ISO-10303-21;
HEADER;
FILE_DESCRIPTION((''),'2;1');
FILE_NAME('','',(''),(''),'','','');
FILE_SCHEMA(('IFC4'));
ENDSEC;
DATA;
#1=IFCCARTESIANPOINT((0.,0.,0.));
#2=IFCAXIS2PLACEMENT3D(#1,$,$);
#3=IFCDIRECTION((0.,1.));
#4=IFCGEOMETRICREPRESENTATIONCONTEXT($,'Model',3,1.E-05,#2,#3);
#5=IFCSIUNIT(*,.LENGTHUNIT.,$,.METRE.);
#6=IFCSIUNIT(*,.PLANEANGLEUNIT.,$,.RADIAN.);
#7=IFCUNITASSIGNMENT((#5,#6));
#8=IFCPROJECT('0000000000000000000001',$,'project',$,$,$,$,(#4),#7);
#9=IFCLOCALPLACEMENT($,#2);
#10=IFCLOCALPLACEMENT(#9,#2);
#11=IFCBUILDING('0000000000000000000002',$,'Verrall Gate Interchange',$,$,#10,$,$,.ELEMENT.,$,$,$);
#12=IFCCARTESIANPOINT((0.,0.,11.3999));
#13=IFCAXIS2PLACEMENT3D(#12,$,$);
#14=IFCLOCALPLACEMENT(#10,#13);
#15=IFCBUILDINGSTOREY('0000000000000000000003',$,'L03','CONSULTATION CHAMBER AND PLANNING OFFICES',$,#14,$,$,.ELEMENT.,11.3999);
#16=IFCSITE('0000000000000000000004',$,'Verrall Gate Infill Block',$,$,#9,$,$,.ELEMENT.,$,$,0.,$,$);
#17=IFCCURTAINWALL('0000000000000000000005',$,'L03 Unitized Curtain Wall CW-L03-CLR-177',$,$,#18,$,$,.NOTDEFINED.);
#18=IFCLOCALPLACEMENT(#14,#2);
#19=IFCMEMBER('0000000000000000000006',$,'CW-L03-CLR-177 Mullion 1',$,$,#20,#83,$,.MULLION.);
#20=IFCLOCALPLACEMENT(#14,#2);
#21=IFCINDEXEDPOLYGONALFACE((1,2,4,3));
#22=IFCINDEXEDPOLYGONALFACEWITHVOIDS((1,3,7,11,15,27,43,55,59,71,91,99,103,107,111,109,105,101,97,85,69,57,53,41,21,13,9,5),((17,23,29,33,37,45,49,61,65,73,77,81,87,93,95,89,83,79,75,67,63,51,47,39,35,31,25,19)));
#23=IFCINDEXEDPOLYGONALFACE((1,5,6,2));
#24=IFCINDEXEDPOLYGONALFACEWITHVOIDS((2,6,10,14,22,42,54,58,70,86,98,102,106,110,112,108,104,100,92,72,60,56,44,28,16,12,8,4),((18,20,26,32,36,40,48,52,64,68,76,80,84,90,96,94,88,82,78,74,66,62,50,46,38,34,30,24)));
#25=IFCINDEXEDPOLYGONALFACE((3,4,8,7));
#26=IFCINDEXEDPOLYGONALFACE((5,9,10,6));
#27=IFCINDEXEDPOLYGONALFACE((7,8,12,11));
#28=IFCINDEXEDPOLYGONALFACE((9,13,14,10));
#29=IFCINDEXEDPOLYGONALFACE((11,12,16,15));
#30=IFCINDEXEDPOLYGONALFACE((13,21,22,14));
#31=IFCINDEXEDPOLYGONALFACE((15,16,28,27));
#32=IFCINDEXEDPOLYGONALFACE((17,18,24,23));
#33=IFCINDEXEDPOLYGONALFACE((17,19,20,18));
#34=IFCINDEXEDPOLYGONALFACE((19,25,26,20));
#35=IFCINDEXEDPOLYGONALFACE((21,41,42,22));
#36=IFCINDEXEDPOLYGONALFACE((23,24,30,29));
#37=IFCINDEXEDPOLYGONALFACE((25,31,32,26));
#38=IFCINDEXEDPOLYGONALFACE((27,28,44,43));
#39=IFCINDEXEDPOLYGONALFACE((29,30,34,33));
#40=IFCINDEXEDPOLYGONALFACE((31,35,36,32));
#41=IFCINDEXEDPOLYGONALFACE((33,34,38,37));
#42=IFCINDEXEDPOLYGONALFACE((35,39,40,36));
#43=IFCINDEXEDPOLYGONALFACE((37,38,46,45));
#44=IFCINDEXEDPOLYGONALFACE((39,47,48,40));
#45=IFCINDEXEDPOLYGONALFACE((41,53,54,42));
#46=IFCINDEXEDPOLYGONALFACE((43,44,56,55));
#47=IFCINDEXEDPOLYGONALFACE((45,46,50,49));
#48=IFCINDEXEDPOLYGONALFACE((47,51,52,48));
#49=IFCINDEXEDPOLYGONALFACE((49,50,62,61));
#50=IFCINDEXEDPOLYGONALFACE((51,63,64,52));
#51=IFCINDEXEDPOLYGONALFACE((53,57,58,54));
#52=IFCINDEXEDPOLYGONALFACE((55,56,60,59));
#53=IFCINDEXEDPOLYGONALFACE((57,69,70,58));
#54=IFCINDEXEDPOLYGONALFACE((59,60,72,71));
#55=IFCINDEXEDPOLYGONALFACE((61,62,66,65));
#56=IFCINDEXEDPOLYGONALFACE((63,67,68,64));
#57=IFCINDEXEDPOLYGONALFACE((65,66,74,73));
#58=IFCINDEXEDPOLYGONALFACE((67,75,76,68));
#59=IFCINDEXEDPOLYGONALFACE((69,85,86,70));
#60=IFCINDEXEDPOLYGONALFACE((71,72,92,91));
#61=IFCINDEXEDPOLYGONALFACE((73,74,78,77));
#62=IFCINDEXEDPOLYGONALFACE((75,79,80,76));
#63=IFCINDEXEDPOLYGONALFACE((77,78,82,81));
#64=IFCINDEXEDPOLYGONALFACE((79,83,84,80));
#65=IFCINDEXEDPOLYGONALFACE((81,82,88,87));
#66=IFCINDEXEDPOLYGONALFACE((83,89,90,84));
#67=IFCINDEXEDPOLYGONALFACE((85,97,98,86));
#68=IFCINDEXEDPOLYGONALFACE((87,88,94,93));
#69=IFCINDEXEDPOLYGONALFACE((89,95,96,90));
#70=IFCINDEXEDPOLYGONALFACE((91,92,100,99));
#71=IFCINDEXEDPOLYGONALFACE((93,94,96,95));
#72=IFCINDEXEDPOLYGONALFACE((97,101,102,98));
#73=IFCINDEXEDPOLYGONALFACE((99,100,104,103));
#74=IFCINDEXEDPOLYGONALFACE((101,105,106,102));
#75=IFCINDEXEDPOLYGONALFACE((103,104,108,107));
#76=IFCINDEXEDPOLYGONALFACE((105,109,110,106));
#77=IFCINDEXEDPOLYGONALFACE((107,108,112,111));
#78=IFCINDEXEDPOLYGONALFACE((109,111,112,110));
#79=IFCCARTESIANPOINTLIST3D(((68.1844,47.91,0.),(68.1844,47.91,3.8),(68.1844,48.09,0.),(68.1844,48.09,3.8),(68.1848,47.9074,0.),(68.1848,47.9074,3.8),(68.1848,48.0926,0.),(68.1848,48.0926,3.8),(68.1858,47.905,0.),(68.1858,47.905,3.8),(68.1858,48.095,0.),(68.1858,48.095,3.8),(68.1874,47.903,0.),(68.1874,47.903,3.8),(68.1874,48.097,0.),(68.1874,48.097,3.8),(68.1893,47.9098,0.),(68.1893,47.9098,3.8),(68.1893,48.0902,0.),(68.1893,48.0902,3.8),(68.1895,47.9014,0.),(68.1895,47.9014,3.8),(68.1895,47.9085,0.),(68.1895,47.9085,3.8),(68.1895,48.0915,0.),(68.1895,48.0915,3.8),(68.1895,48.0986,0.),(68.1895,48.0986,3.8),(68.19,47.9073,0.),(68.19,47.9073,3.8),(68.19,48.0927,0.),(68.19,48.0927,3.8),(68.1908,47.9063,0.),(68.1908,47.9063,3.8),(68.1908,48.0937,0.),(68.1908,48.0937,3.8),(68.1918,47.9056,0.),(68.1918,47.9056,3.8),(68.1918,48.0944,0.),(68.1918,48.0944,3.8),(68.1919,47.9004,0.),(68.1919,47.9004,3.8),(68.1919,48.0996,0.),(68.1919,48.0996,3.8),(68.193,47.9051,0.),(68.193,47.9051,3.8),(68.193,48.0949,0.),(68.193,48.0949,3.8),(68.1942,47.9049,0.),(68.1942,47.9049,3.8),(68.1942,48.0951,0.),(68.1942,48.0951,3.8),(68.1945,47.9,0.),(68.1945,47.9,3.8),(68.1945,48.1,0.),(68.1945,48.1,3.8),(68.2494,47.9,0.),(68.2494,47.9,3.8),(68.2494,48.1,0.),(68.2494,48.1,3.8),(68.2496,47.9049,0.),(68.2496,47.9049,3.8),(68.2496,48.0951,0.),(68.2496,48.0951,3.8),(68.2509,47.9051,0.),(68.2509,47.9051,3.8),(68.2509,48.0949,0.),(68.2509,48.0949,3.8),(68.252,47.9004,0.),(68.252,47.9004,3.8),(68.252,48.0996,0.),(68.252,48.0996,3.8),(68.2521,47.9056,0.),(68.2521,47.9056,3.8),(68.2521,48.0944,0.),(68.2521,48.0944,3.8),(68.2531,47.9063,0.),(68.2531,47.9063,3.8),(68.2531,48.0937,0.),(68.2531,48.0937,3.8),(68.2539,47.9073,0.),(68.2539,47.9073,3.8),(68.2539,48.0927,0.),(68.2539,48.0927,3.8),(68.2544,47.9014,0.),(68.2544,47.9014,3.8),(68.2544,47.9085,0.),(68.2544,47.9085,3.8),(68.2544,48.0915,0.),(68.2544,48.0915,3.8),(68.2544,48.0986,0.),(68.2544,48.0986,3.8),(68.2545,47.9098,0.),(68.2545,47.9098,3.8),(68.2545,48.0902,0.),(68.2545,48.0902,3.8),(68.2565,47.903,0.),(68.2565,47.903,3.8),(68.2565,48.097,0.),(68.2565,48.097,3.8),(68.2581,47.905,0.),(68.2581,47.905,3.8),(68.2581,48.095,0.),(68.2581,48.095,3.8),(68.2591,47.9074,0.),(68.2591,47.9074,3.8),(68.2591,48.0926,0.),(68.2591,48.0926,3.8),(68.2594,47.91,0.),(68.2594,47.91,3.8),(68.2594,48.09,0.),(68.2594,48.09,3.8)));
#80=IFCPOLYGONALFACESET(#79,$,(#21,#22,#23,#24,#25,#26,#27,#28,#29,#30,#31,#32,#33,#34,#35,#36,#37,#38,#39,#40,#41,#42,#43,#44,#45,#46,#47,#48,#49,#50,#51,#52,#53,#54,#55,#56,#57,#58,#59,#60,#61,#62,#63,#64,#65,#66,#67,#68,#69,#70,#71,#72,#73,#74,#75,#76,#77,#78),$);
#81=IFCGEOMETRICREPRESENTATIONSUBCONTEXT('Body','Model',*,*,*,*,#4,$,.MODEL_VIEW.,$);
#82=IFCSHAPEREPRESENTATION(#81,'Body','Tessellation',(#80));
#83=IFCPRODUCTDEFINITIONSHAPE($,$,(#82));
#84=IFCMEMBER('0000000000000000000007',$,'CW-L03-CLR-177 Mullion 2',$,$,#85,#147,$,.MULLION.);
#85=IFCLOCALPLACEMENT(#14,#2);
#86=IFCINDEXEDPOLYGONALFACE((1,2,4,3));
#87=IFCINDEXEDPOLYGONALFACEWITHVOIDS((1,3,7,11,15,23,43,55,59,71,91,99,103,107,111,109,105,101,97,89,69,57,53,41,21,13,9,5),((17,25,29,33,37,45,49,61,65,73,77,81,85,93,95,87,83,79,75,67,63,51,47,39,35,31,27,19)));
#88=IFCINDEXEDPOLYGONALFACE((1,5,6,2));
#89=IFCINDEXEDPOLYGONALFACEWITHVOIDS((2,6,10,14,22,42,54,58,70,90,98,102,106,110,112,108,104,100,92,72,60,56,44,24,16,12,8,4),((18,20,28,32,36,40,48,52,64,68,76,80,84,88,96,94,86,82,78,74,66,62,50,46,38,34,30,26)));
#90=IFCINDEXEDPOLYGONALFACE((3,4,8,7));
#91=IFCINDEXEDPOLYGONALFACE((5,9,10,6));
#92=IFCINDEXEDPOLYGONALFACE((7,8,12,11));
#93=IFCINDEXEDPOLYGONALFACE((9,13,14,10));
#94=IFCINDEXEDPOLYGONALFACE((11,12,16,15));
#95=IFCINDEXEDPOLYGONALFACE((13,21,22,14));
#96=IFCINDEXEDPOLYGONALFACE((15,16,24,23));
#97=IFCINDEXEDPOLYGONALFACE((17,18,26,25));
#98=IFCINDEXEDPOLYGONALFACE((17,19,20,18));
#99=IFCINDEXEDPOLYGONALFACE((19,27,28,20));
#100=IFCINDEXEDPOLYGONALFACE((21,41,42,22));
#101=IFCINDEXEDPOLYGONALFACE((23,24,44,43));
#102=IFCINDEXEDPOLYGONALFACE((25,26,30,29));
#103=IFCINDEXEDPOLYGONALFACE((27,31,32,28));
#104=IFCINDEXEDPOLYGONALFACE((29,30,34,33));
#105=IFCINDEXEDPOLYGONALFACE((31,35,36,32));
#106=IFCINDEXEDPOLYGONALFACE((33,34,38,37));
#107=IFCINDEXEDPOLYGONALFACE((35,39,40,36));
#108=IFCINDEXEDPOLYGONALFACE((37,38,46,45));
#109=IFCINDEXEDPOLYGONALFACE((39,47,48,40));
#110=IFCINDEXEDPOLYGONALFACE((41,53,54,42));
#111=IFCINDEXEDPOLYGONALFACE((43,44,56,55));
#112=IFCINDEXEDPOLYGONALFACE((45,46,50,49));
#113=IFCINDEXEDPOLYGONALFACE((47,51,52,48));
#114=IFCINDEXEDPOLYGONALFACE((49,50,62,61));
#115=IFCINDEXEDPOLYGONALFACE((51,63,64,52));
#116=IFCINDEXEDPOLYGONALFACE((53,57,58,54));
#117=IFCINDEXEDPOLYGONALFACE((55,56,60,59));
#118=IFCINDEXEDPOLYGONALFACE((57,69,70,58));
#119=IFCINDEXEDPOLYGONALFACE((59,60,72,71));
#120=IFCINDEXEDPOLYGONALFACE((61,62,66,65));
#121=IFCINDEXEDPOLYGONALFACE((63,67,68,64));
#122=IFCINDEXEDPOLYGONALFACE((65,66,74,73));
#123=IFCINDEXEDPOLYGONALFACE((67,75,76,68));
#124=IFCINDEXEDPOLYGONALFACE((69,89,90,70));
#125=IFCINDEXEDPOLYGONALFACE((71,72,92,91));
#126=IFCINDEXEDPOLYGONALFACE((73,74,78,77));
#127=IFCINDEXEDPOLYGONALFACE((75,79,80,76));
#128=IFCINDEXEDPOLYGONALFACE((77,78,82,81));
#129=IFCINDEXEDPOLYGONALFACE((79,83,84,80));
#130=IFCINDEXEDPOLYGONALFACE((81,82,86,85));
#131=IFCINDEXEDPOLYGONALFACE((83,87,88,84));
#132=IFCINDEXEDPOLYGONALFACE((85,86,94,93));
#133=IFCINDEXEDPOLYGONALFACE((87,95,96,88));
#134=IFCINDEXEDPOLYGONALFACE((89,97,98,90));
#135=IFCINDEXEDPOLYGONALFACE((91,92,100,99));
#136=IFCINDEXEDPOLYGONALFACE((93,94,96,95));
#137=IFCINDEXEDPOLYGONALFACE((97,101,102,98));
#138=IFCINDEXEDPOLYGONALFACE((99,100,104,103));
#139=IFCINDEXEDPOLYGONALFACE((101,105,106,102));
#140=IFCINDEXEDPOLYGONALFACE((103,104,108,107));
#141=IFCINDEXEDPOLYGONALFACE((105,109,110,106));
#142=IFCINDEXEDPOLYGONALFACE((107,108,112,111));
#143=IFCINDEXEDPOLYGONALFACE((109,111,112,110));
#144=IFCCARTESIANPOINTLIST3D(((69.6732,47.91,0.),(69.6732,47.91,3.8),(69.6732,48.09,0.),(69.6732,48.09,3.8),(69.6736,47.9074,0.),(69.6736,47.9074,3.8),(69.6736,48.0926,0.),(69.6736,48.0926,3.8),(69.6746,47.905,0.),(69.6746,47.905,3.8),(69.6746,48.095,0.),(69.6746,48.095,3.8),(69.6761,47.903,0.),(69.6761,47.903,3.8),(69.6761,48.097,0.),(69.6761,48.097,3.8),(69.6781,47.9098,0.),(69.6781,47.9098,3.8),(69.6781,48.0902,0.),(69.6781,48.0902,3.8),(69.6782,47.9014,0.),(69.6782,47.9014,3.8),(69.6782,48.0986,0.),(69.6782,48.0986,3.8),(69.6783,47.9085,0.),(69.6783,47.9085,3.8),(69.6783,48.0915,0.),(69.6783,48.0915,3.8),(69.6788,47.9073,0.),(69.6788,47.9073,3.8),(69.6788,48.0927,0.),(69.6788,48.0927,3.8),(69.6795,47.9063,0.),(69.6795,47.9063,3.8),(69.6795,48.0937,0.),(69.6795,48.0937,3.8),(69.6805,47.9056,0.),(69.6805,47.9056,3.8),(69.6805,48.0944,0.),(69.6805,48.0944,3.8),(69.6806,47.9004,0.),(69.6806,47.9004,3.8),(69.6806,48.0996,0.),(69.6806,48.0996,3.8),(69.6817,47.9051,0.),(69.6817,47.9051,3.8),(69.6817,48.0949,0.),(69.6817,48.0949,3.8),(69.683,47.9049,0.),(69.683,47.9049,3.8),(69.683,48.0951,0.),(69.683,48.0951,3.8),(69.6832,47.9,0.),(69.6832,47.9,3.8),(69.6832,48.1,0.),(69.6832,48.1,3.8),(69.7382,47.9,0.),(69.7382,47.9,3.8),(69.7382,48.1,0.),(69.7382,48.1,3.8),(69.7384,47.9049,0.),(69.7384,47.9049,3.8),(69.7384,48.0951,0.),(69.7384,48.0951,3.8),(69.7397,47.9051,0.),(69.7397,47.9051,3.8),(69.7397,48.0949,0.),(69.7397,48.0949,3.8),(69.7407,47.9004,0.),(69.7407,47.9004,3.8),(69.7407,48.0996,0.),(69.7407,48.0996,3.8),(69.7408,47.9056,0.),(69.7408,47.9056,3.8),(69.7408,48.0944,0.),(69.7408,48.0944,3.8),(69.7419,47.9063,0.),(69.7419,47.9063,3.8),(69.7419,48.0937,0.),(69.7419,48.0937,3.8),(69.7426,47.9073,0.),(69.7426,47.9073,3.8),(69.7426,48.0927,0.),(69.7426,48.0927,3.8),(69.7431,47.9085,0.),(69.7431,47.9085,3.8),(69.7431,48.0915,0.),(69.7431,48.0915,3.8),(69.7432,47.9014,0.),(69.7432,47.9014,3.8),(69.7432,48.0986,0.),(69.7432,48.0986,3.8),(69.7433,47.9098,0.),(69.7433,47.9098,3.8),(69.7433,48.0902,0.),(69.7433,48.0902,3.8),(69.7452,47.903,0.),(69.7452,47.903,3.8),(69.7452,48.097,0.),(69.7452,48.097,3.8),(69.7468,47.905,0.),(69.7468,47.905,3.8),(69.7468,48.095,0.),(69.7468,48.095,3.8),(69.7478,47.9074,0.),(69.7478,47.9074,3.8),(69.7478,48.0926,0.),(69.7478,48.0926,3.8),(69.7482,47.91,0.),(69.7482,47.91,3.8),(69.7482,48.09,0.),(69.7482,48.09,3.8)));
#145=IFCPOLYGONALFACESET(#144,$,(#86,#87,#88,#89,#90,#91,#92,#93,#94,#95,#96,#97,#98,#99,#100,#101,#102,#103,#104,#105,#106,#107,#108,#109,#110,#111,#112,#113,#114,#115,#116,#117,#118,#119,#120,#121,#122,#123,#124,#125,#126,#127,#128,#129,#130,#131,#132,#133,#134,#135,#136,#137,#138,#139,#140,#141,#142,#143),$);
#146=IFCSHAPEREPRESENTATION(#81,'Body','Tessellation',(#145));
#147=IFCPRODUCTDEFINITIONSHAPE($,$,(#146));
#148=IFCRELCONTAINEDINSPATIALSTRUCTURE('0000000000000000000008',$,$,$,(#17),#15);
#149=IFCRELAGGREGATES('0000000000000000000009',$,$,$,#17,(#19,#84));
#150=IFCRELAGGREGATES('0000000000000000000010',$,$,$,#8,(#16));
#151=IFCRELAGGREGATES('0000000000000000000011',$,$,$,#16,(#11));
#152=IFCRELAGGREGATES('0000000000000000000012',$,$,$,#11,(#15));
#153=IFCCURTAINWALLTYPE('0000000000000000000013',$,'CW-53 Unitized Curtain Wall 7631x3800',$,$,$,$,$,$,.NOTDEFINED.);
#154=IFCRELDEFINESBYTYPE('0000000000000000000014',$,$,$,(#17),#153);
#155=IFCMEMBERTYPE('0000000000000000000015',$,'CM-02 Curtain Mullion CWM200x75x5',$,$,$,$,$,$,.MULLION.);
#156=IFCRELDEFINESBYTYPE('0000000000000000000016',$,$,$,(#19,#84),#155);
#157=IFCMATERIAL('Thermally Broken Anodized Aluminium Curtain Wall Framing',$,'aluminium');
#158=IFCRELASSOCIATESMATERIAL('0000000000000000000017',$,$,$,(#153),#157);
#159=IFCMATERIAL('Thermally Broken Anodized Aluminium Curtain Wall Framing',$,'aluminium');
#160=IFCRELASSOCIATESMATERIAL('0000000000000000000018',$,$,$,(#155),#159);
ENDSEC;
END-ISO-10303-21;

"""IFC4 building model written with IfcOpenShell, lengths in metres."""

from ifc_helpers import new_model, si_unit, direction, frame, origin, origin_2d, place, context, subcontext, project, spatial, hollow_rectangle, extrude, material, material_profile, profile_set, type_object, element, aggregate, save


model = new_model("IFC4")

# Units and contexts
model_context = context("Model", 3, precision=1e-05, world=origin(), true_north=direction((0.0, 1.0)))
body_context = subcontext(model_context, "Body", "Model", "MODEL_VIEW")
ifc_project = project(units=[si_unit("LENGTHUNIT", "METRE"), si_unit("PLANEANGLEUNIT", "RADIAN")], contexts=[model_context])

# Site, building, storey
site_placement = place(None, origin())
site = spatial("IfcSite", under=ifc_project, at=site_placement, Name="Verrall Gate Infill Block", CompositionType="ELEMENT", RefElevation=0.0)
building_placement = place(site_placement, origin())
building = spatial("IfcBuilding", under=site, at=building_placement, Name="Verrall Gate Interchange", CompositionType="ELEMENT")
storey_placement = place(building_placement, frame((0.0, 0.0, 11.3999)))
storey = spatial("IfcBuildingStorey", under=building, at=storey_placement, Name="L03", Description="CONSULTATION CHAMBER AND PLANNING OFFICES", CompositionType="ELEMENT", Elevation=11.3999)

# Curtain wall, members
ifc_material_1 = material(Name="Thermally Broken Anodized Aluminium Curtain Wall Framing", Category="aluminium")
curtain_wall_type = type_object("IfcCurtainWallType", Name="CW-53 Unitized Curtain Wall 7631x3800", PredefinedType="NOTDEFINED", material=ifc_material_1)
ifc_material_2 = material(Name="Thermally Broken Anodized Aluminium Curtain Wall Framing", Category="aluminium")
ifc_material_profile_1 = material_profile(ifc_material_2, hollow_rectangle(XDim=0.075, YDim=0.2, WallThickness=0.0049, InnerFilletRadius=0.0049, OuterFilletRadius=0.01, at=origin_2d()), Name="CWM200x75x5")
ifc_profile_set_1 = profile_set([ifc_material_profile_1], Name="Thermally Broken Anodized Aluminium Curtain Wall Framing")
member_type_1 = type_object("IfcMemberType", Name="CM-02 Curtain Mullion CWM200x75x5", PredefinedType="MULLION", material=ifc_profile_set_1)
curtain_wall_1_placement = place(storey_placement, origin())
curtain_wall_1 = element("IfcCurtainWall", 1, at=curtain_wall_1_placement, inside=storey, type_object=curtain_wall_type, Name="L03 Unitized Curtain Wall CW-L03-CLR-177", PredefinedType="NOTDEFINED")
member_1_placement = place(storey_placement, frame((68.2219, 48.0, 0.0), z_axis=(0.0, 0.0, 1.0), x_axis=(1.0, 0.0, 0.0)))
member_1 = element("IfcMember", 2, at=member_1_placement, type_object=member_type_1, Name="CW-L03-CLR-177 Mullion 1", PredefinedType="MULLION", context=body_context, shape_type="SweptSolid", body=[
    extrude(hollow_rectangle(XDim=0.075, YDim=0.2, WallThickness=0.0049, InnerFilletRadius=0.0049, OuterFilletRadius=0.01, at=origin_2d()), origin(), (0.0, 0.0, 1.0), 3.8),
])
member_2_placement = place(storey_placement, frame((69.7107, 48.0, 0.0), z_axis=(0.0, 0.0, 1.0), x_axis=(1.0, 0.0, 0.0)))
member_2 = element("IfcMember", 3, at=member_2_placement, type_object=member_type_1, Name="CW-L03-CLR-177 Mullion 2", PredefinedType="MULLION", context=body_context, shape_type="SweptSolid", body=[
    extrude(hollow_rectangle(XDim=0.075, YDim=0.2, WallThickness=0.0049, InnerFilletRadius=0.0049, OuterFilletRadius=0.01, at=origin_2d()), origin(), (0.0, 0.0, 1.0), 3.8),
])

aggregate(curtain_wall_1, [member_1, member_2])

save(model, "model.ifc")
